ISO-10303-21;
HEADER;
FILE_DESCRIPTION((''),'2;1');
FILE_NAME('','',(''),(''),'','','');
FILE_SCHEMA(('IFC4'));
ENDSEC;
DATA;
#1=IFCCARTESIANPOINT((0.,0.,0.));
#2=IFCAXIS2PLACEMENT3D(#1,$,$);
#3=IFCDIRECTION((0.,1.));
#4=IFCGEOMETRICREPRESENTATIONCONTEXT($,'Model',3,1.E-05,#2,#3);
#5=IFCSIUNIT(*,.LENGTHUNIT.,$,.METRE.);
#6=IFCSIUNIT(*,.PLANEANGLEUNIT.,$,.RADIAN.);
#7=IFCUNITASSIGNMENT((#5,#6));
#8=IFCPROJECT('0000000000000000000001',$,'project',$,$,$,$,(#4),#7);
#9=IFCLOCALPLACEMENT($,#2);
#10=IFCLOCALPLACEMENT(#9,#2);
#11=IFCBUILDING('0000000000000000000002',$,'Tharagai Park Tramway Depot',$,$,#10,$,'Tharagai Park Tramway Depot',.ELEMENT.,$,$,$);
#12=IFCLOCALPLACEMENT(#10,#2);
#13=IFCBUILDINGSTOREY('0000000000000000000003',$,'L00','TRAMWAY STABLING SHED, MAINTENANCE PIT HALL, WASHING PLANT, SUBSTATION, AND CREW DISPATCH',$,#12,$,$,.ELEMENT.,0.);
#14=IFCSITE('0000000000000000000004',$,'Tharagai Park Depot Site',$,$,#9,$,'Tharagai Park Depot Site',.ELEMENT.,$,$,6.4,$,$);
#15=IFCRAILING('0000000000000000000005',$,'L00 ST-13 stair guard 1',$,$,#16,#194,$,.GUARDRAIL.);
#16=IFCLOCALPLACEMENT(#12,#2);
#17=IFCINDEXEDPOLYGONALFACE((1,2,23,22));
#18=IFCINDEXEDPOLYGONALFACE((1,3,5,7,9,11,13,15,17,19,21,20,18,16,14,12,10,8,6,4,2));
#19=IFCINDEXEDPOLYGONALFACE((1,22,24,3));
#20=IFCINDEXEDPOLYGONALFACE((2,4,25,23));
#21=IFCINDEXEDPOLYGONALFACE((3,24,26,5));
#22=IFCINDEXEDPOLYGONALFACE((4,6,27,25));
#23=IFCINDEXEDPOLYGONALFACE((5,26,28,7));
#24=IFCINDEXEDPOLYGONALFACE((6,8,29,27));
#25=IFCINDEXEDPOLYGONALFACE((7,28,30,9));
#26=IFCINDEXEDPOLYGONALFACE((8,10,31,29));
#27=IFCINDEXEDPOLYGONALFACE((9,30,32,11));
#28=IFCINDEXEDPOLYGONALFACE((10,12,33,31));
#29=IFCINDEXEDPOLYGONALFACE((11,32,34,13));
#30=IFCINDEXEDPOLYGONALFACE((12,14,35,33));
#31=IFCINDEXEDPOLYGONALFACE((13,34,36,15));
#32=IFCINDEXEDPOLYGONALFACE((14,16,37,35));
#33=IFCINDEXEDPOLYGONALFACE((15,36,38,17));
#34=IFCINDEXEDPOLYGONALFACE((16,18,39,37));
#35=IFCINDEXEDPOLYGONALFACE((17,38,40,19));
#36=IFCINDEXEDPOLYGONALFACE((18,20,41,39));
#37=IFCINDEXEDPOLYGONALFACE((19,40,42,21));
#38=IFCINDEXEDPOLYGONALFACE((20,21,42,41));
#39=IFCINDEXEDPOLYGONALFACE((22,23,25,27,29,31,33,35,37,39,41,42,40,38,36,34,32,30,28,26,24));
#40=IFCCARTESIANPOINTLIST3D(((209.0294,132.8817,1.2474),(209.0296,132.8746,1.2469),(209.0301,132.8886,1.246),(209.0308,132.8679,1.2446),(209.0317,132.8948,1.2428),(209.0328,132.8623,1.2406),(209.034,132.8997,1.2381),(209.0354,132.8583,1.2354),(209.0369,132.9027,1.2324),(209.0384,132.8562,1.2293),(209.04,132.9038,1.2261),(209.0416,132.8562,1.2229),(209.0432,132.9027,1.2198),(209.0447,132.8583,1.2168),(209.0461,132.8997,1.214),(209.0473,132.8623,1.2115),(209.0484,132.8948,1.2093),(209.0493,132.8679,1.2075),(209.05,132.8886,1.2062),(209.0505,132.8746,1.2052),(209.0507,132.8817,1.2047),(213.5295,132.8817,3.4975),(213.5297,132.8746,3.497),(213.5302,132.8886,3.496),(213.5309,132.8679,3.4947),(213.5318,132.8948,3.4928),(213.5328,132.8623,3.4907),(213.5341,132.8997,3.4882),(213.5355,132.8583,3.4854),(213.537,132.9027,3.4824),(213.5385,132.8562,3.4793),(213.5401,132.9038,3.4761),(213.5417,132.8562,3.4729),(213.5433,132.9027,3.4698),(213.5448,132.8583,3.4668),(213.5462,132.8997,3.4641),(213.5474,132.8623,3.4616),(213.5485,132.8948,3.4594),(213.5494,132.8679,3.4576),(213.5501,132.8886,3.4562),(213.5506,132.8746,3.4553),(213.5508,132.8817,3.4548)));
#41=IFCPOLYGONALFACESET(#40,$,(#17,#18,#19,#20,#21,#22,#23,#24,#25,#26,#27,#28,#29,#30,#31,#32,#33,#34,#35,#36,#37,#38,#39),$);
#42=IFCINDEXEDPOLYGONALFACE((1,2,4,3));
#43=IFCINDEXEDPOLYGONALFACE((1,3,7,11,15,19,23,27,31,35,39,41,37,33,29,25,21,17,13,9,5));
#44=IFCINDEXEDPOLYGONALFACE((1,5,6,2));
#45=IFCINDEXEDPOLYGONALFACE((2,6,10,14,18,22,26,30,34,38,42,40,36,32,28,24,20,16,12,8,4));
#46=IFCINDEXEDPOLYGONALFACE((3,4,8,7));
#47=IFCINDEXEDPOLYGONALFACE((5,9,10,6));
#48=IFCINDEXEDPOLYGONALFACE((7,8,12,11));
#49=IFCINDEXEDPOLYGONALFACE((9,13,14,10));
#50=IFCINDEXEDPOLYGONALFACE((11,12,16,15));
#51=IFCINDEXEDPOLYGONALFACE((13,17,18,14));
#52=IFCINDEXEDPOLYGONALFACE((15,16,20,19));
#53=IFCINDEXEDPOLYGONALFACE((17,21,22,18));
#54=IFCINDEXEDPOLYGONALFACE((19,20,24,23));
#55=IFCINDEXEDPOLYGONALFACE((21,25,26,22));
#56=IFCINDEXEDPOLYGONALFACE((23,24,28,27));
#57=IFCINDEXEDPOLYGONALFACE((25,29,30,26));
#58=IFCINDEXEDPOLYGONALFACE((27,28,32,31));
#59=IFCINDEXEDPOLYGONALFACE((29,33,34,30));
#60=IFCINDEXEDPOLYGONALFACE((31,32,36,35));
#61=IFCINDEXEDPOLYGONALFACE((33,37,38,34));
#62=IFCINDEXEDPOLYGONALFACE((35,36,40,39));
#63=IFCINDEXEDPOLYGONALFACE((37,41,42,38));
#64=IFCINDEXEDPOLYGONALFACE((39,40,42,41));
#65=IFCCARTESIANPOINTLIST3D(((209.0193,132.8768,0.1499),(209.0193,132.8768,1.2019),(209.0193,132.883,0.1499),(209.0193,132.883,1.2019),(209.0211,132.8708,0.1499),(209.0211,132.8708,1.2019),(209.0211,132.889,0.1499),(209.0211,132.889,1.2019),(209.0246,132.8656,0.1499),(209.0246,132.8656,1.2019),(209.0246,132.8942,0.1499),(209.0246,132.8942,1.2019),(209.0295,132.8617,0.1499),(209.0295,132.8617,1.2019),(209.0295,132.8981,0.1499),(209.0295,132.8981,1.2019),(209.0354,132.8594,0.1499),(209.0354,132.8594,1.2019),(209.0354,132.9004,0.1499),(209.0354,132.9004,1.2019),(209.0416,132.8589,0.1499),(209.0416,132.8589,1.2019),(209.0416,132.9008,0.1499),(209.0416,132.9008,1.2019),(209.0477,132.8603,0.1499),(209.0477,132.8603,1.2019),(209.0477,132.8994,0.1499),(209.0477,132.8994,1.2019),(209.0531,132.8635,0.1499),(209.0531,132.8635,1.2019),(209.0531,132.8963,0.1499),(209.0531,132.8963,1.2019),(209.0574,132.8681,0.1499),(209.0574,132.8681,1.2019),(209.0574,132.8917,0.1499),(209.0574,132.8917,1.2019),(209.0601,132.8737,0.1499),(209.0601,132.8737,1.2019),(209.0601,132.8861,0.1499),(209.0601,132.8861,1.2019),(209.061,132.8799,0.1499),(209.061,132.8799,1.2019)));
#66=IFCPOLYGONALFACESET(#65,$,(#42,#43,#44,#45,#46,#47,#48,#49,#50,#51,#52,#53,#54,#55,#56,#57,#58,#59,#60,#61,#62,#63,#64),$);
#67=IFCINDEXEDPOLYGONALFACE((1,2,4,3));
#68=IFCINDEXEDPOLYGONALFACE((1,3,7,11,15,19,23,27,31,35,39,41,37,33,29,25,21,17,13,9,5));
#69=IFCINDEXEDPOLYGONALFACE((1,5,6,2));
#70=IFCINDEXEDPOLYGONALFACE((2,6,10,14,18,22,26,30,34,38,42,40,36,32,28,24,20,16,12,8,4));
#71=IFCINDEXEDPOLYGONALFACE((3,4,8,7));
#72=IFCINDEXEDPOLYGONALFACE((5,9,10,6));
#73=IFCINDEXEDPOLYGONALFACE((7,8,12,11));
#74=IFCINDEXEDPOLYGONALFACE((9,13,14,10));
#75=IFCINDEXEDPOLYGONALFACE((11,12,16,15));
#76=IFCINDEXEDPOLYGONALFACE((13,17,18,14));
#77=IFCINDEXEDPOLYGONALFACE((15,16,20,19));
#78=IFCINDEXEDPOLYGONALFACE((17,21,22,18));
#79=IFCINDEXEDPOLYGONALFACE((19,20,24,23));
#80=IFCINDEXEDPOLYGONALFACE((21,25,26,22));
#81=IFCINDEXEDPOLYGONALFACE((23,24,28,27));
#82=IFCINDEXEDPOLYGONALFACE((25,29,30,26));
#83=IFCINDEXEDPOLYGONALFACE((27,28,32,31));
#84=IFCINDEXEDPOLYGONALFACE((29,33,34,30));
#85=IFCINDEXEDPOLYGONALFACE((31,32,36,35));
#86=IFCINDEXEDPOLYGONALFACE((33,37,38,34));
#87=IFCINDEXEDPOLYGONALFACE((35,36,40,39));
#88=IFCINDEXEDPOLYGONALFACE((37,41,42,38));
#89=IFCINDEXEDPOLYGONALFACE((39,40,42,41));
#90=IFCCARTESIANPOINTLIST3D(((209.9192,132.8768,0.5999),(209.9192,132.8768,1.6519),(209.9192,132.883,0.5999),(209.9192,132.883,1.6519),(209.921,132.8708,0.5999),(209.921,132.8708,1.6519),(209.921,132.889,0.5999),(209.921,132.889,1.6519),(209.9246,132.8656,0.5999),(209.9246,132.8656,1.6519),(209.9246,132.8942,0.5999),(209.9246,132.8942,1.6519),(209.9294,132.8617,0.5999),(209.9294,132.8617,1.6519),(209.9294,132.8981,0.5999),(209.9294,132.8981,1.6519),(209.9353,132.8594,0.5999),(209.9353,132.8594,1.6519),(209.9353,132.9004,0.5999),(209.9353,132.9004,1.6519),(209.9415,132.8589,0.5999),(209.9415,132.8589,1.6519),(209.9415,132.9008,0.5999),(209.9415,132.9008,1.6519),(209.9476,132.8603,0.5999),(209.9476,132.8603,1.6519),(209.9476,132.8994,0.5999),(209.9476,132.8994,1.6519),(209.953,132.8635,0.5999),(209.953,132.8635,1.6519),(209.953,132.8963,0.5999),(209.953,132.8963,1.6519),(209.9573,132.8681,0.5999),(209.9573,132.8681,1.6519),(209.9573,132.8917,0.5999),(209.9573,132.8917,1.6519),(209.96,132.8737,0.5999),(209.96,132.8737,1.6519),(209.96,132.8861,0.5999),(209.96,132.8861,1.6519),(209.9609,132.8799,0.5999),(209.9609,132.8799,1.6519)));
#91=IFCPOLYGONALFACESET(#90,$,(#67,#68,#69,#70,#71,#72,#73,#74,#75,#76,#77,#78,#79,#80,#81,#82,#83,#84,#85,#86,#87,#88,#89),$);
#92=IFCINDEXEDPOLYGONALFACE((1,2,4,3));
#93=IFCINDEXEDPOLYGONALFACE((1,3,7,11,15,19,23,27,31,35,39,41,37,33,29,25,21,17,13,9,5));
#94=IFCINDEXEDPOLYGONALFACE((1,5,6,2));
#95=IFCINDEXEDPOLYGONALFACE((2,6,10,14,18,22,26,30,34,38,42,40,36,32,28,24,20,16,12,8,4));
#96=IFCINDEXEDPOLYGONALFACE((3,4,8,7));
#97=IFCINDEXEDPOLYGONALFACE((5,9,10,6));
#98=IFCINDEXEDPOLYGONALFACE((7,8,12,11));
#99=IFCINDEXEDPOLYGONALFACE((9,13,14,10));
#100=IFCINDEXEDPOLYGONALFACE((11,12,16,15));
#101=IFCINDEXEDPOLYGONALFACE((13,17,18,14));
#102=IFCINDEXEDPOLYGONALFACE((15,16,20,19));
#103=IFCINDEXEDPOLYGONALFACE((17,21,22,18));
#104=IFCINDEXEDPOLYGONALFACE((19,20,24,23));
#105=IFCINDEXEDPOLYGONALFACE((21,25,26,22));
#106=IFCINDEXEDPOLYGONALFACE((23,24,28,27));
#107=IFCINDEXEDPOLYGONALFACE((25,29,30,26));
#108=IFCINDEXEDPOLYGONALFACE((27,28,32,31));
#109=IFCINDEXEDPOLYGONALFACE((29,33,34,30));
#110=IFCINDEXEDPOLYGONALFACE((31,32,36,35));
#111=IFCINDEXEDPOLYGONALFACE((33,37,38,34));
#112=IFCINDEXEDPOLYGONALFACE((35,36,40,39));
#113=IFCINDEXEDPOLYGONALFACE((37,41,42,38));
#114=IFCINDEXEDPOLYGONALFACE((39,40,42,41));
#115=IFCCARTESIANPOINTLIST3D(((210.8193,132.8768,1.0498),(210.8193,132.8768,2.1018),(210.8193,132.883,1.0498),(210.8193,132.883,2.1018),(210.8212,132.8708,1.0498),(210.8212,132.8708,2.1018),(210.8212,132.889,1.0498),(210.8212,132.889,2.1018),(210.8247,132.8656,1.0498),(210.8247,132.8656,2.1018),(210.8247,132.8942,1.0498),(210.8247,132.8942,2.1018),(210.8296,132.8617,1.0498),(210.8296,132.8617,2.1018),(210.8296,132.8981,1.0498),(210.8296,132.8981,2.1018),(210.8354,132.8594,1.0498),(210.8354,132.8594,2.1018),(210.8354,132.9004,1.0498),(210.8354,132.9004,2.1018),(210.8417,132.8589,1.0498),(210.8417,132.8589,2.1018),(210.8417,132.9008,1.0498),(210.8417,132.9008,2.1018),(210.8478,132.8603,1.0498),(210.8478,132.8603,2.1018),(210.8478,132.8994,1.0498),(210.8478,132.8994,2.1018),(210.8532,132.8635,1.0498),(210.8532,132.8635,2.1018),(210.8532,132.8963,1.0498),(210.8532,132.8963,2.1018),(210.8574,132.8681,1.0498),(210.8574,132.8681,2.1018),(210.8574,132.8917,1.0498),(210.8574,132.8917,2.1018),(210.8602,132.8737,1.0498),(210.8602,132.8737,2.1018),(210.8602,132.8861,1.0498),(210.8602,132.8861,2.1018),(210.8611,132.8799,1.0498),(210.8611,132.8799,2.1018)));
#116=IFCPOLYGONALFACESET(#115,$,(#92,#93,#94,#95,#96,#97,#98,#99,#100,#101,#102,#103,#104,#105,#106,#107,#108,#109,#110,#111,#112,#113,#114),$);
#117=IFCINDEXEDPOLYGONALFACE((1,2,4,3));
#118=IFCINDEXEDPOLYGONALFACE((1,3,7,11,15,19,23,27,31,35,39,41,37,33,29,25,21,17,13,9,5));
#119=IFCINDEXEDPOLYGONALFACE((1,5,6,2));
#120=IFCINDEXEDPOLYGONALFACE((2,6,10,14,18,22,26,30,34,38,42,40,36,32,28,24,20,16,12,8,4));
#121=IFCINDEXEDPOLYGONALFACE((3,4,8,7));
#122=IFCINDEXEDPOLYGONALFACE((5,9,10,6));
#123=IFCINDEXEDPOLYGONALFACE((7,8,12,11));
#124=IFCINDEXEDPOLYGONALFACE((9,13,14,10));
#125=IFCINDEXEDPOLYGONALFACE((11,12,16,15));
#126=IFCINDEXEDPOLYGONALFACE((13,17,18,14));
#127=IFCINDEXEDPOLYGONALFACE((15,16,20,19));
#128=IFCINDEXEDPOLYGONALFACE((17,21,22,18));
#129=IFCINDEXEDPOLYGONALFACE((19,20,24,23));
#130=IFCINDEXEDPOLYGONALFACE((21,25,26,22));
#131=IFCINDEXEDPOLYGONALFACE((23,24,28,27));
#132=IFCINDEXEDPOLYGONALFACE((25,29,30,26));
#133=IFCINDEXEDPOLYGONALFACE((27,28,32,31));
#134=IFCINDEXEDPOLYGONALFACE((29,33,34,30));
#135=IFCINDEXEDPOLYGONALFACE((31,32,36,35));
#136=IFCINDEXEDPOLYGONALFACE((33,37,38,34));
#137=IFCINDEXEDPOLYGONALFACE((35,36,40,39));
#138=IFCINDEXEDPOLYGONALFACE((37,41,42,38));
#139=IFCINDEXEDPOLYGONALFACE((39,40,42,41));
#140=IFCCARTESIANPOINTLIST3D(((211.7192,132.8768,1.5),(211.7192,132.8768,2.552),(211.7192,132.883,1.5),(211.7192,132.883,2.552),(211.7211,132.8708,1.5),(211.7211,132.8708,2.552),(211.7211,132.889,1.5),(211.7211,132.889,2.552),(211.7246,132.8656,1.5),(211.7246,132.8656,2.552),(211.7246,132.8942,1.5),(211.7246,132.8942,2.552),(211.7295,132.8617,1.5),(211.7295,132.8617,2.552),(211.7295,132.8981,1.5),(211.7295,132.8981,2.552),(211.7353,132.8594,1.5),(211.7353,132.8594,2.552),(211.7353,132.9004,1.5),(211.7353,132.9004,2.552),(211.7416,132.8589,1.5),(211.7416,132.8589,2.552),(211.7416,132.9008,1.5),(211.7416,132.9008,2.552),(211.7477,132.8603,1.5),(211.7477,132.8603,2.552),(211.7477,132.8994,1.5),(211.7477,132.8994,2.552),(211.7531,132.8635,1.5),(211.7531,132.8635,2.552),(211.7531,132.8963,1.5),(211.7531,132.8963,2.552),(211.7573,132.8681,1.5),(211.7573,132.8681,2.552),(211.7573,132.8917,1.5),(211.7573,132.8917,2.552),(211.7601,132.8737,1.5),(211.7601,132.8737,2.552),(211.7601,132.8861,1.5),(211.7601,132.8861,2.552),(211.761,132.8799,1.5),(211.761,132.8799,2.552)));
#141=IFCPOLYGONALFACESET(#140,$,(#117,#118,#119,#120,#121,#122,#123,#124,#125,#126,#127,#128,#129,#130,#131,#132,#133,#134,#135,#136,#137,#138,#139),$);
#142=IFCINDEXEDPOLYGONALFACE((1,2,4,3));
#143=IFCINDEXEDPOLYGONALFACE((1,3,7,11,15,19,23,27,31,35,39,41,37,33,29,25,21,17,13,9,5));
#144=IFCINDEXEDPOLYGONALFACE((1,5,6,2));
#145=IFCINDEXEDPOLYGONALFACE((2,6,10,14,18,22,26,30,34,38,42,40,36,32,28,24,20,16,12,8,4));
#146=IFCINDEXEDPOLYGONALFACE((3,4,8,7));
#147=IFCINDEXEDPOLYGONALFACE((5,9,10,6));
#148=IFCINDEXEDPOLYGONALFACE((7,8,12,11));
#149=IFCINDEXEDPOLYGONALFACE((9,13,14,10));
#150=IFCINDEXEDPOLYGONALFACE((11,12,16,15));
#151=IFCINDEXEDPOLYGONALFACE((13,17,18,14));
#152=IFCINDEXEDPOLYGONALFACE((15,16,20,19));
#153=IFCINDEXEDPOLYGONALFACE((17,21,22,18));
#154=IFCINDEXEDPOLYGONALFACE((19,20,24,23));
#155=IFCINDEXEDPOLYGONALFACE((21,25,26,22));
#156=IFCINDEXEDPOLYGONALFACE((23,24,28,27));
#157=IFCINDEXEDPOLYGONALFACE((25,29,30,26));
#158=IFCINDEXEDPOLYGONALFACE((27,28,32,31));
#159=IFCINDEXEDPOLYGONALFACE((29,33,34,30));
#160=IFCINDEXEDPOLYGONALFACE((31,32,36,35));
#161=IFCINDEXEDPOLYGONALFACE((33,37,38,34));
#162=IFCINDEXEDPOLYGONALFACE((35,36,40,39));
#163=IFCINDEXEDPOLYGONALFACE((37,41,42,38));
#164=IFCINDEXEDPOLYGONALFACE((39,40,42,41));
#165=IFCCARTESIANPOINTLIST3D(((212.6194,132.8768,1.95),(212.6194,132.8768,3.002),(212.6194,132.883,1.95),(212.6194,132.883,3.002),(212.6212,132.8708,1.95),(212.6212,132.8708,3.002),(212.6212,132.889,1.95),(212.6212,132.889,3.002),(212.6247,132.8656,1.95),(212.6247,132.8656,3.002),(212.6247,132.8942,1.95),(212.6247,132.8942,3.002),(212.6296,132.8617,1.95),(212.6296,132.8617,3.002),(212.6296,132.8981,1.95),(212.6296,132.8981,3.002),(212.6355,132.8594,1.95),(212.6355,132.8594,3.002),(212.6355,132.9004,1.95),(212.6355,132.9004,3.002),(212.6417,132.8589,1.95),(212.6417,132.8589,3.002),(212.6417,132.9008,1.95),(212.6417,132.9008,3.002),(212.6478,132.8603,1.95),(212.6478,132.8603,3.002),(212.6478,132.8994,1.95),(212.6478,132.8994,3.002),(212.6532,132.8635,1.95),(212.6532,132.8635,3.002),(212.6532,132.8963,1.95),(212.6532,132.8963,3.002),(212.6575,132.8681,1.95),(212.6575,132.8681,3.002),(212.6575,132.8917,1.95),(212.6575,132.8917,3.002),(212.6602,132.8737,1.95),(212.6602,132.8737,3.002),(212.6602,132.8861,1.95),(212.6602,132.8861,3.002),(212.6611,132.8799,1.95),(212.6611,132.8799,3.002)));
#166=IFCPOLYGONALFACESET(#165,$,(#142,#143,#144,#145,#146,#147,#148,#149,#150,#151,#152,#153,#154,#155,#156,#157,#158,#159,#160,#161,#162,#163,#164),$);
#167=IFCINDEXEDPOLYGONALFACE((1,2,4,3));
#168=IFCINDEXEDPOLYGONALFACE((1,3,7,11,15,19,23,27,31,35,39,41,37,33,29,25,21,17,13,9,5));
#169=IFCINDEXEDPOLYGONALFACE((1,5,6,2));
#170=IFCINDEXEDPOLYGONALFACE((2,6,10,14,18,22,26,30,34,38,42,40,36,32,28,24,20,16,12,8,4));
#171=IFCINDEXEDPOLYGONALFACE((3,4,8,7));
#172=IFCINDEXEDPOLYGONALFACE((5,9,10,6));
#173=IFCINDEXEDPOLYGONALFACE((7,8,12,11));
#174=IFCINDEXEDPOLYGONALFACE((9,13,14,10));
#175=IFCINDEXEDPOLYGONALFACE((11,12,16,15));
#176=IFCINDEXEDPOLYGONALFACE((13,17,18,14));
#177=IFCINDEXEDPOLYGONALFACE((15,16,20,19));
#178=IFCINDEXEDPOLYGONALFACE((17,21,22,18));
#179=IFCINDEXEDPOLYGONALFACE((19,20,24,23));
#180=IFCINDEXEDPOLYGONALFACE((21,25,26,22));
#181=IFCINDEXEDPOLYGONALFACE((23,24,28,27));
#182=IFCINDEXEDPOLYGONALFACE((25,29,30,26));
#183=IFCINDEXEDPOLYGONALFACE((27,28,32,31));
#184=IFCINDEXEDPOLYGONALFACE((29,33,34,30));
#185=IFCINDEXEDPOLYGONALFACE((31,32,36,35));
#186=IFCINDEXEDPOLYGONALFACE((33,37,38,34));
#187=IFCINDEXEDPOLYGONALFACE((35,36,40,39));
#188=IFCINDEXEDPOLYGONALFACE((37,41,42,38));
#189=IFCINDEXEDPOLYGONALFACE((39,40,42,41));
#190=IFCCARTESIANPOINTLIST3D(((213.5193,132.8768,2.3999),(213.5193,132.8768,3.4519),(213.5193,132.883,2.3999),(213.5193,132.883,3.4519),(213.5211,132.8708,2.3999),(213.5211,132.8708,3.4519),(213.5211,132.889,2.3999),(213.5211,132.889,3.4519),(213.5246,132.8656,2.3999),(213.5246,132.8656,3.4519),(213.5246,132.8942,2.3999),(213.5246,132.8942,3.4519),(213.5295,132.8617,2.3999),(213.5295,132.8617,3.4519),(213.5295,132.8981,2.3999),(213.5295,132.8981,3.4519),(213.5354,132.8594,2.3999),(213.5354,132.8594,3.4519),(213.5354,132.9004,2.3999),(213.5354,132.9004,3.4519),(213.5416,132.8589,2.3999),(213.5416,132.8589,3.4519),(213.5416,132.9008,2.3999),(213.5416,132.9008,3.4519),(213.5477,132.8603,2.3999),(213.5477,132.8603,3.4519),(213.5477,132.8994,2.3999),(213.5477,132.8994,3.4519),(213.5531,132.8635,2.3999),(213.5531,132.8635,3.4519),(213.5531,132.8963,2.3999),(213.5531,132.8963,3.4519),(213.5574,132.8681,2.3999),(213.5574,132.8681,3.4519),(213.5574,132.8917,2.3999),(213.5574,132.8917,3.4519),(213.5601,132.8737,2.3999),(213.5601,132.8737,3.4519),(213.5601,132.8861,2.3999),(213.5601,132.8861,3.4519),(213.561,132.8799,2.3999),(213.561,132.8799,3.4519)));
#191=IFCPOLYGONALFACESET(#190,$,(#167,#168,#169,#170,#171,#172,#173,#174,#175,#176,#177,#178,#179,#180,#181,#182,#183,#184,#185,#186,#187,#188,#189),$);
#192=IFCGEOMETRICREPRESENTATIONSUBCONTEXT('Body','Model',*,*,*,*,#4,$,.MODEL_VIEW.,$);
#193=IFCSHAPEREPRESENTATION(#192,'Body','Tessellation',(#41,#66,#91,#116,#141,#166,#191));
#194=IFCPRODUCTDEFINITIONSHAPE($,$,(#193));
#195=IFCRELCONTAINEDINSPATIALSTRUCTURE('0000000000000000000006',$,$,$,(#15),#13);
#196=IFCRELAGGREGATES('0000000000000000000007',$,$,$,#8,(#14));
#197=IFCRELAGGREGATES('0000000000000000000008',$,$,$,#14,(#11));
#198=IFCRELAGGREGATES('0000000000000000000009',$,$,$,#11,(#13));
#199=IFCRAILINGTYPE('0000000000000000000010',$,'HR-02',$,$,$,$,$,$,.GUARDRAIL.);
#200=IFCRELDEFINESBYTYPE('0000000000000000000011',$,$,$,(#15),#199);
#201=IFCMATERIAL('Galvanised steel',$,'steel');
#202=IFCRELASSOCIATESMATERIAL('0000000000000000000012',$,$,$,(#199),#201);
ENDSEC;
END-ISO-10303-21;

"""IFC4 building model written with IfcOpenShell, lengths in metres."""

from ifc_helpers import new_model, si_unit, direction, frame, origin, origin_2d, place, context, subcontext, project, spatial, circle, extrude, material, type_object, element, save


model = new_model("IFC4")

# Units and contexts
model_context = context("Model", 3, precision=1e-05, world=origin(), true_north=direction((0.0, 1.0)))
body_context = subcontext(model_context, "Body", "Model", "MODEL_VIEW")
ifc_project = project(units=[si_unit("LENGTHUNIT", "METRE"), si_unit("PLANEANGLEUNIT", "RADIAN")], contexts=[model_context])

# Site, building, storey
site_placement = place(None, origin())
site = spatial("IfcSite", under=ifc_project, at=site_placement, Name="Tharagai Park Depot Site", LongName="Tharagai Park Depot Site", CompositionType="ELEMENT", RefElevation=6.4)
building_placement = place(site_placement, origin())
building = spatial("IfcBuilding", under=site, at=building_placement, Name="Tharagai Park Tramway Depot", LongName="Tharagai Park Tramway Depot", CompositionType="ELEMENT")
storey_placement = place(building_placement, origin())
storey = spatial("IfcBuildingStorey", under=building, at=storey_placement, Name="L00", Description="TRAMWAY STABLING SHED, MAINTENANCE PIT HALL, WASHING PLANT, SUBSTATION, AND CREW DISPATCH", CompositionType="ELEMENT", Elevation=0.0)

# Shared definitions
ifc_material_1 = material(Name="Galvanised steel", Category="steel")

# Railing
railing_type_1 = type_object("IfcRailingType", Name="HR-02", PredefinedType="GUARDRAIL", material=ifc_material_1)
railing_1_placement = place(storey_placement, frame((209.04, 132.8799, 0.1499)))
element("IfcRailing", 1, at=railing_1_placement, inside=storey, type_object=railing_type_1, Name="L00 ST-13 stair guard 1", PredefinedType="GUARDRAIL", context=body_context, shape_type="SweptSolid", body=[
    extrude(circle(Radius=0.0239, at=origin_2d()), frame((0.0, 0.0, 1.0762), z_axis=(0.894427, 0.0, 0.447214), x_axis=(0.0, 1.0, 0.0)), (0.0, 0.0, 1.0), 5.0312),
    extrude(circle(Radius=0.021, at=origin_2d()), origin(), (0.0, 0.0, 1.0), 1.052),
    extrude(circle(Radius=0.021, at=origin_2d()), frame((0.8999, 0.0, 0.45)), (0.0, 0.0, 1.0), 1.052),
    extrude(circle(Radius=0.021, at=origin_2d()), frame((1.8, 0.0, 0.8999)), (0.0, 0.0, 1.0), 1.052),
    extrude(circle(Radius=0.021, at=origin_2d()), frame((2.7, 0.0, 1.3501)), (0.0, 0.0, 1.0), 1.052),
    extrude(circle(Radius=0.021, at=origin_2d()), frame((3.6001, 0.0, 1.8)), (0.0, 0.0, 1.0), 1.052),
    extrude(circle(Radius=0.021, at=origin_2d()), frame((4.5, 0.0, 2.25)), (0.0, 0.0, 1.0), 1.052),
])

save(model, "model.ifc")
